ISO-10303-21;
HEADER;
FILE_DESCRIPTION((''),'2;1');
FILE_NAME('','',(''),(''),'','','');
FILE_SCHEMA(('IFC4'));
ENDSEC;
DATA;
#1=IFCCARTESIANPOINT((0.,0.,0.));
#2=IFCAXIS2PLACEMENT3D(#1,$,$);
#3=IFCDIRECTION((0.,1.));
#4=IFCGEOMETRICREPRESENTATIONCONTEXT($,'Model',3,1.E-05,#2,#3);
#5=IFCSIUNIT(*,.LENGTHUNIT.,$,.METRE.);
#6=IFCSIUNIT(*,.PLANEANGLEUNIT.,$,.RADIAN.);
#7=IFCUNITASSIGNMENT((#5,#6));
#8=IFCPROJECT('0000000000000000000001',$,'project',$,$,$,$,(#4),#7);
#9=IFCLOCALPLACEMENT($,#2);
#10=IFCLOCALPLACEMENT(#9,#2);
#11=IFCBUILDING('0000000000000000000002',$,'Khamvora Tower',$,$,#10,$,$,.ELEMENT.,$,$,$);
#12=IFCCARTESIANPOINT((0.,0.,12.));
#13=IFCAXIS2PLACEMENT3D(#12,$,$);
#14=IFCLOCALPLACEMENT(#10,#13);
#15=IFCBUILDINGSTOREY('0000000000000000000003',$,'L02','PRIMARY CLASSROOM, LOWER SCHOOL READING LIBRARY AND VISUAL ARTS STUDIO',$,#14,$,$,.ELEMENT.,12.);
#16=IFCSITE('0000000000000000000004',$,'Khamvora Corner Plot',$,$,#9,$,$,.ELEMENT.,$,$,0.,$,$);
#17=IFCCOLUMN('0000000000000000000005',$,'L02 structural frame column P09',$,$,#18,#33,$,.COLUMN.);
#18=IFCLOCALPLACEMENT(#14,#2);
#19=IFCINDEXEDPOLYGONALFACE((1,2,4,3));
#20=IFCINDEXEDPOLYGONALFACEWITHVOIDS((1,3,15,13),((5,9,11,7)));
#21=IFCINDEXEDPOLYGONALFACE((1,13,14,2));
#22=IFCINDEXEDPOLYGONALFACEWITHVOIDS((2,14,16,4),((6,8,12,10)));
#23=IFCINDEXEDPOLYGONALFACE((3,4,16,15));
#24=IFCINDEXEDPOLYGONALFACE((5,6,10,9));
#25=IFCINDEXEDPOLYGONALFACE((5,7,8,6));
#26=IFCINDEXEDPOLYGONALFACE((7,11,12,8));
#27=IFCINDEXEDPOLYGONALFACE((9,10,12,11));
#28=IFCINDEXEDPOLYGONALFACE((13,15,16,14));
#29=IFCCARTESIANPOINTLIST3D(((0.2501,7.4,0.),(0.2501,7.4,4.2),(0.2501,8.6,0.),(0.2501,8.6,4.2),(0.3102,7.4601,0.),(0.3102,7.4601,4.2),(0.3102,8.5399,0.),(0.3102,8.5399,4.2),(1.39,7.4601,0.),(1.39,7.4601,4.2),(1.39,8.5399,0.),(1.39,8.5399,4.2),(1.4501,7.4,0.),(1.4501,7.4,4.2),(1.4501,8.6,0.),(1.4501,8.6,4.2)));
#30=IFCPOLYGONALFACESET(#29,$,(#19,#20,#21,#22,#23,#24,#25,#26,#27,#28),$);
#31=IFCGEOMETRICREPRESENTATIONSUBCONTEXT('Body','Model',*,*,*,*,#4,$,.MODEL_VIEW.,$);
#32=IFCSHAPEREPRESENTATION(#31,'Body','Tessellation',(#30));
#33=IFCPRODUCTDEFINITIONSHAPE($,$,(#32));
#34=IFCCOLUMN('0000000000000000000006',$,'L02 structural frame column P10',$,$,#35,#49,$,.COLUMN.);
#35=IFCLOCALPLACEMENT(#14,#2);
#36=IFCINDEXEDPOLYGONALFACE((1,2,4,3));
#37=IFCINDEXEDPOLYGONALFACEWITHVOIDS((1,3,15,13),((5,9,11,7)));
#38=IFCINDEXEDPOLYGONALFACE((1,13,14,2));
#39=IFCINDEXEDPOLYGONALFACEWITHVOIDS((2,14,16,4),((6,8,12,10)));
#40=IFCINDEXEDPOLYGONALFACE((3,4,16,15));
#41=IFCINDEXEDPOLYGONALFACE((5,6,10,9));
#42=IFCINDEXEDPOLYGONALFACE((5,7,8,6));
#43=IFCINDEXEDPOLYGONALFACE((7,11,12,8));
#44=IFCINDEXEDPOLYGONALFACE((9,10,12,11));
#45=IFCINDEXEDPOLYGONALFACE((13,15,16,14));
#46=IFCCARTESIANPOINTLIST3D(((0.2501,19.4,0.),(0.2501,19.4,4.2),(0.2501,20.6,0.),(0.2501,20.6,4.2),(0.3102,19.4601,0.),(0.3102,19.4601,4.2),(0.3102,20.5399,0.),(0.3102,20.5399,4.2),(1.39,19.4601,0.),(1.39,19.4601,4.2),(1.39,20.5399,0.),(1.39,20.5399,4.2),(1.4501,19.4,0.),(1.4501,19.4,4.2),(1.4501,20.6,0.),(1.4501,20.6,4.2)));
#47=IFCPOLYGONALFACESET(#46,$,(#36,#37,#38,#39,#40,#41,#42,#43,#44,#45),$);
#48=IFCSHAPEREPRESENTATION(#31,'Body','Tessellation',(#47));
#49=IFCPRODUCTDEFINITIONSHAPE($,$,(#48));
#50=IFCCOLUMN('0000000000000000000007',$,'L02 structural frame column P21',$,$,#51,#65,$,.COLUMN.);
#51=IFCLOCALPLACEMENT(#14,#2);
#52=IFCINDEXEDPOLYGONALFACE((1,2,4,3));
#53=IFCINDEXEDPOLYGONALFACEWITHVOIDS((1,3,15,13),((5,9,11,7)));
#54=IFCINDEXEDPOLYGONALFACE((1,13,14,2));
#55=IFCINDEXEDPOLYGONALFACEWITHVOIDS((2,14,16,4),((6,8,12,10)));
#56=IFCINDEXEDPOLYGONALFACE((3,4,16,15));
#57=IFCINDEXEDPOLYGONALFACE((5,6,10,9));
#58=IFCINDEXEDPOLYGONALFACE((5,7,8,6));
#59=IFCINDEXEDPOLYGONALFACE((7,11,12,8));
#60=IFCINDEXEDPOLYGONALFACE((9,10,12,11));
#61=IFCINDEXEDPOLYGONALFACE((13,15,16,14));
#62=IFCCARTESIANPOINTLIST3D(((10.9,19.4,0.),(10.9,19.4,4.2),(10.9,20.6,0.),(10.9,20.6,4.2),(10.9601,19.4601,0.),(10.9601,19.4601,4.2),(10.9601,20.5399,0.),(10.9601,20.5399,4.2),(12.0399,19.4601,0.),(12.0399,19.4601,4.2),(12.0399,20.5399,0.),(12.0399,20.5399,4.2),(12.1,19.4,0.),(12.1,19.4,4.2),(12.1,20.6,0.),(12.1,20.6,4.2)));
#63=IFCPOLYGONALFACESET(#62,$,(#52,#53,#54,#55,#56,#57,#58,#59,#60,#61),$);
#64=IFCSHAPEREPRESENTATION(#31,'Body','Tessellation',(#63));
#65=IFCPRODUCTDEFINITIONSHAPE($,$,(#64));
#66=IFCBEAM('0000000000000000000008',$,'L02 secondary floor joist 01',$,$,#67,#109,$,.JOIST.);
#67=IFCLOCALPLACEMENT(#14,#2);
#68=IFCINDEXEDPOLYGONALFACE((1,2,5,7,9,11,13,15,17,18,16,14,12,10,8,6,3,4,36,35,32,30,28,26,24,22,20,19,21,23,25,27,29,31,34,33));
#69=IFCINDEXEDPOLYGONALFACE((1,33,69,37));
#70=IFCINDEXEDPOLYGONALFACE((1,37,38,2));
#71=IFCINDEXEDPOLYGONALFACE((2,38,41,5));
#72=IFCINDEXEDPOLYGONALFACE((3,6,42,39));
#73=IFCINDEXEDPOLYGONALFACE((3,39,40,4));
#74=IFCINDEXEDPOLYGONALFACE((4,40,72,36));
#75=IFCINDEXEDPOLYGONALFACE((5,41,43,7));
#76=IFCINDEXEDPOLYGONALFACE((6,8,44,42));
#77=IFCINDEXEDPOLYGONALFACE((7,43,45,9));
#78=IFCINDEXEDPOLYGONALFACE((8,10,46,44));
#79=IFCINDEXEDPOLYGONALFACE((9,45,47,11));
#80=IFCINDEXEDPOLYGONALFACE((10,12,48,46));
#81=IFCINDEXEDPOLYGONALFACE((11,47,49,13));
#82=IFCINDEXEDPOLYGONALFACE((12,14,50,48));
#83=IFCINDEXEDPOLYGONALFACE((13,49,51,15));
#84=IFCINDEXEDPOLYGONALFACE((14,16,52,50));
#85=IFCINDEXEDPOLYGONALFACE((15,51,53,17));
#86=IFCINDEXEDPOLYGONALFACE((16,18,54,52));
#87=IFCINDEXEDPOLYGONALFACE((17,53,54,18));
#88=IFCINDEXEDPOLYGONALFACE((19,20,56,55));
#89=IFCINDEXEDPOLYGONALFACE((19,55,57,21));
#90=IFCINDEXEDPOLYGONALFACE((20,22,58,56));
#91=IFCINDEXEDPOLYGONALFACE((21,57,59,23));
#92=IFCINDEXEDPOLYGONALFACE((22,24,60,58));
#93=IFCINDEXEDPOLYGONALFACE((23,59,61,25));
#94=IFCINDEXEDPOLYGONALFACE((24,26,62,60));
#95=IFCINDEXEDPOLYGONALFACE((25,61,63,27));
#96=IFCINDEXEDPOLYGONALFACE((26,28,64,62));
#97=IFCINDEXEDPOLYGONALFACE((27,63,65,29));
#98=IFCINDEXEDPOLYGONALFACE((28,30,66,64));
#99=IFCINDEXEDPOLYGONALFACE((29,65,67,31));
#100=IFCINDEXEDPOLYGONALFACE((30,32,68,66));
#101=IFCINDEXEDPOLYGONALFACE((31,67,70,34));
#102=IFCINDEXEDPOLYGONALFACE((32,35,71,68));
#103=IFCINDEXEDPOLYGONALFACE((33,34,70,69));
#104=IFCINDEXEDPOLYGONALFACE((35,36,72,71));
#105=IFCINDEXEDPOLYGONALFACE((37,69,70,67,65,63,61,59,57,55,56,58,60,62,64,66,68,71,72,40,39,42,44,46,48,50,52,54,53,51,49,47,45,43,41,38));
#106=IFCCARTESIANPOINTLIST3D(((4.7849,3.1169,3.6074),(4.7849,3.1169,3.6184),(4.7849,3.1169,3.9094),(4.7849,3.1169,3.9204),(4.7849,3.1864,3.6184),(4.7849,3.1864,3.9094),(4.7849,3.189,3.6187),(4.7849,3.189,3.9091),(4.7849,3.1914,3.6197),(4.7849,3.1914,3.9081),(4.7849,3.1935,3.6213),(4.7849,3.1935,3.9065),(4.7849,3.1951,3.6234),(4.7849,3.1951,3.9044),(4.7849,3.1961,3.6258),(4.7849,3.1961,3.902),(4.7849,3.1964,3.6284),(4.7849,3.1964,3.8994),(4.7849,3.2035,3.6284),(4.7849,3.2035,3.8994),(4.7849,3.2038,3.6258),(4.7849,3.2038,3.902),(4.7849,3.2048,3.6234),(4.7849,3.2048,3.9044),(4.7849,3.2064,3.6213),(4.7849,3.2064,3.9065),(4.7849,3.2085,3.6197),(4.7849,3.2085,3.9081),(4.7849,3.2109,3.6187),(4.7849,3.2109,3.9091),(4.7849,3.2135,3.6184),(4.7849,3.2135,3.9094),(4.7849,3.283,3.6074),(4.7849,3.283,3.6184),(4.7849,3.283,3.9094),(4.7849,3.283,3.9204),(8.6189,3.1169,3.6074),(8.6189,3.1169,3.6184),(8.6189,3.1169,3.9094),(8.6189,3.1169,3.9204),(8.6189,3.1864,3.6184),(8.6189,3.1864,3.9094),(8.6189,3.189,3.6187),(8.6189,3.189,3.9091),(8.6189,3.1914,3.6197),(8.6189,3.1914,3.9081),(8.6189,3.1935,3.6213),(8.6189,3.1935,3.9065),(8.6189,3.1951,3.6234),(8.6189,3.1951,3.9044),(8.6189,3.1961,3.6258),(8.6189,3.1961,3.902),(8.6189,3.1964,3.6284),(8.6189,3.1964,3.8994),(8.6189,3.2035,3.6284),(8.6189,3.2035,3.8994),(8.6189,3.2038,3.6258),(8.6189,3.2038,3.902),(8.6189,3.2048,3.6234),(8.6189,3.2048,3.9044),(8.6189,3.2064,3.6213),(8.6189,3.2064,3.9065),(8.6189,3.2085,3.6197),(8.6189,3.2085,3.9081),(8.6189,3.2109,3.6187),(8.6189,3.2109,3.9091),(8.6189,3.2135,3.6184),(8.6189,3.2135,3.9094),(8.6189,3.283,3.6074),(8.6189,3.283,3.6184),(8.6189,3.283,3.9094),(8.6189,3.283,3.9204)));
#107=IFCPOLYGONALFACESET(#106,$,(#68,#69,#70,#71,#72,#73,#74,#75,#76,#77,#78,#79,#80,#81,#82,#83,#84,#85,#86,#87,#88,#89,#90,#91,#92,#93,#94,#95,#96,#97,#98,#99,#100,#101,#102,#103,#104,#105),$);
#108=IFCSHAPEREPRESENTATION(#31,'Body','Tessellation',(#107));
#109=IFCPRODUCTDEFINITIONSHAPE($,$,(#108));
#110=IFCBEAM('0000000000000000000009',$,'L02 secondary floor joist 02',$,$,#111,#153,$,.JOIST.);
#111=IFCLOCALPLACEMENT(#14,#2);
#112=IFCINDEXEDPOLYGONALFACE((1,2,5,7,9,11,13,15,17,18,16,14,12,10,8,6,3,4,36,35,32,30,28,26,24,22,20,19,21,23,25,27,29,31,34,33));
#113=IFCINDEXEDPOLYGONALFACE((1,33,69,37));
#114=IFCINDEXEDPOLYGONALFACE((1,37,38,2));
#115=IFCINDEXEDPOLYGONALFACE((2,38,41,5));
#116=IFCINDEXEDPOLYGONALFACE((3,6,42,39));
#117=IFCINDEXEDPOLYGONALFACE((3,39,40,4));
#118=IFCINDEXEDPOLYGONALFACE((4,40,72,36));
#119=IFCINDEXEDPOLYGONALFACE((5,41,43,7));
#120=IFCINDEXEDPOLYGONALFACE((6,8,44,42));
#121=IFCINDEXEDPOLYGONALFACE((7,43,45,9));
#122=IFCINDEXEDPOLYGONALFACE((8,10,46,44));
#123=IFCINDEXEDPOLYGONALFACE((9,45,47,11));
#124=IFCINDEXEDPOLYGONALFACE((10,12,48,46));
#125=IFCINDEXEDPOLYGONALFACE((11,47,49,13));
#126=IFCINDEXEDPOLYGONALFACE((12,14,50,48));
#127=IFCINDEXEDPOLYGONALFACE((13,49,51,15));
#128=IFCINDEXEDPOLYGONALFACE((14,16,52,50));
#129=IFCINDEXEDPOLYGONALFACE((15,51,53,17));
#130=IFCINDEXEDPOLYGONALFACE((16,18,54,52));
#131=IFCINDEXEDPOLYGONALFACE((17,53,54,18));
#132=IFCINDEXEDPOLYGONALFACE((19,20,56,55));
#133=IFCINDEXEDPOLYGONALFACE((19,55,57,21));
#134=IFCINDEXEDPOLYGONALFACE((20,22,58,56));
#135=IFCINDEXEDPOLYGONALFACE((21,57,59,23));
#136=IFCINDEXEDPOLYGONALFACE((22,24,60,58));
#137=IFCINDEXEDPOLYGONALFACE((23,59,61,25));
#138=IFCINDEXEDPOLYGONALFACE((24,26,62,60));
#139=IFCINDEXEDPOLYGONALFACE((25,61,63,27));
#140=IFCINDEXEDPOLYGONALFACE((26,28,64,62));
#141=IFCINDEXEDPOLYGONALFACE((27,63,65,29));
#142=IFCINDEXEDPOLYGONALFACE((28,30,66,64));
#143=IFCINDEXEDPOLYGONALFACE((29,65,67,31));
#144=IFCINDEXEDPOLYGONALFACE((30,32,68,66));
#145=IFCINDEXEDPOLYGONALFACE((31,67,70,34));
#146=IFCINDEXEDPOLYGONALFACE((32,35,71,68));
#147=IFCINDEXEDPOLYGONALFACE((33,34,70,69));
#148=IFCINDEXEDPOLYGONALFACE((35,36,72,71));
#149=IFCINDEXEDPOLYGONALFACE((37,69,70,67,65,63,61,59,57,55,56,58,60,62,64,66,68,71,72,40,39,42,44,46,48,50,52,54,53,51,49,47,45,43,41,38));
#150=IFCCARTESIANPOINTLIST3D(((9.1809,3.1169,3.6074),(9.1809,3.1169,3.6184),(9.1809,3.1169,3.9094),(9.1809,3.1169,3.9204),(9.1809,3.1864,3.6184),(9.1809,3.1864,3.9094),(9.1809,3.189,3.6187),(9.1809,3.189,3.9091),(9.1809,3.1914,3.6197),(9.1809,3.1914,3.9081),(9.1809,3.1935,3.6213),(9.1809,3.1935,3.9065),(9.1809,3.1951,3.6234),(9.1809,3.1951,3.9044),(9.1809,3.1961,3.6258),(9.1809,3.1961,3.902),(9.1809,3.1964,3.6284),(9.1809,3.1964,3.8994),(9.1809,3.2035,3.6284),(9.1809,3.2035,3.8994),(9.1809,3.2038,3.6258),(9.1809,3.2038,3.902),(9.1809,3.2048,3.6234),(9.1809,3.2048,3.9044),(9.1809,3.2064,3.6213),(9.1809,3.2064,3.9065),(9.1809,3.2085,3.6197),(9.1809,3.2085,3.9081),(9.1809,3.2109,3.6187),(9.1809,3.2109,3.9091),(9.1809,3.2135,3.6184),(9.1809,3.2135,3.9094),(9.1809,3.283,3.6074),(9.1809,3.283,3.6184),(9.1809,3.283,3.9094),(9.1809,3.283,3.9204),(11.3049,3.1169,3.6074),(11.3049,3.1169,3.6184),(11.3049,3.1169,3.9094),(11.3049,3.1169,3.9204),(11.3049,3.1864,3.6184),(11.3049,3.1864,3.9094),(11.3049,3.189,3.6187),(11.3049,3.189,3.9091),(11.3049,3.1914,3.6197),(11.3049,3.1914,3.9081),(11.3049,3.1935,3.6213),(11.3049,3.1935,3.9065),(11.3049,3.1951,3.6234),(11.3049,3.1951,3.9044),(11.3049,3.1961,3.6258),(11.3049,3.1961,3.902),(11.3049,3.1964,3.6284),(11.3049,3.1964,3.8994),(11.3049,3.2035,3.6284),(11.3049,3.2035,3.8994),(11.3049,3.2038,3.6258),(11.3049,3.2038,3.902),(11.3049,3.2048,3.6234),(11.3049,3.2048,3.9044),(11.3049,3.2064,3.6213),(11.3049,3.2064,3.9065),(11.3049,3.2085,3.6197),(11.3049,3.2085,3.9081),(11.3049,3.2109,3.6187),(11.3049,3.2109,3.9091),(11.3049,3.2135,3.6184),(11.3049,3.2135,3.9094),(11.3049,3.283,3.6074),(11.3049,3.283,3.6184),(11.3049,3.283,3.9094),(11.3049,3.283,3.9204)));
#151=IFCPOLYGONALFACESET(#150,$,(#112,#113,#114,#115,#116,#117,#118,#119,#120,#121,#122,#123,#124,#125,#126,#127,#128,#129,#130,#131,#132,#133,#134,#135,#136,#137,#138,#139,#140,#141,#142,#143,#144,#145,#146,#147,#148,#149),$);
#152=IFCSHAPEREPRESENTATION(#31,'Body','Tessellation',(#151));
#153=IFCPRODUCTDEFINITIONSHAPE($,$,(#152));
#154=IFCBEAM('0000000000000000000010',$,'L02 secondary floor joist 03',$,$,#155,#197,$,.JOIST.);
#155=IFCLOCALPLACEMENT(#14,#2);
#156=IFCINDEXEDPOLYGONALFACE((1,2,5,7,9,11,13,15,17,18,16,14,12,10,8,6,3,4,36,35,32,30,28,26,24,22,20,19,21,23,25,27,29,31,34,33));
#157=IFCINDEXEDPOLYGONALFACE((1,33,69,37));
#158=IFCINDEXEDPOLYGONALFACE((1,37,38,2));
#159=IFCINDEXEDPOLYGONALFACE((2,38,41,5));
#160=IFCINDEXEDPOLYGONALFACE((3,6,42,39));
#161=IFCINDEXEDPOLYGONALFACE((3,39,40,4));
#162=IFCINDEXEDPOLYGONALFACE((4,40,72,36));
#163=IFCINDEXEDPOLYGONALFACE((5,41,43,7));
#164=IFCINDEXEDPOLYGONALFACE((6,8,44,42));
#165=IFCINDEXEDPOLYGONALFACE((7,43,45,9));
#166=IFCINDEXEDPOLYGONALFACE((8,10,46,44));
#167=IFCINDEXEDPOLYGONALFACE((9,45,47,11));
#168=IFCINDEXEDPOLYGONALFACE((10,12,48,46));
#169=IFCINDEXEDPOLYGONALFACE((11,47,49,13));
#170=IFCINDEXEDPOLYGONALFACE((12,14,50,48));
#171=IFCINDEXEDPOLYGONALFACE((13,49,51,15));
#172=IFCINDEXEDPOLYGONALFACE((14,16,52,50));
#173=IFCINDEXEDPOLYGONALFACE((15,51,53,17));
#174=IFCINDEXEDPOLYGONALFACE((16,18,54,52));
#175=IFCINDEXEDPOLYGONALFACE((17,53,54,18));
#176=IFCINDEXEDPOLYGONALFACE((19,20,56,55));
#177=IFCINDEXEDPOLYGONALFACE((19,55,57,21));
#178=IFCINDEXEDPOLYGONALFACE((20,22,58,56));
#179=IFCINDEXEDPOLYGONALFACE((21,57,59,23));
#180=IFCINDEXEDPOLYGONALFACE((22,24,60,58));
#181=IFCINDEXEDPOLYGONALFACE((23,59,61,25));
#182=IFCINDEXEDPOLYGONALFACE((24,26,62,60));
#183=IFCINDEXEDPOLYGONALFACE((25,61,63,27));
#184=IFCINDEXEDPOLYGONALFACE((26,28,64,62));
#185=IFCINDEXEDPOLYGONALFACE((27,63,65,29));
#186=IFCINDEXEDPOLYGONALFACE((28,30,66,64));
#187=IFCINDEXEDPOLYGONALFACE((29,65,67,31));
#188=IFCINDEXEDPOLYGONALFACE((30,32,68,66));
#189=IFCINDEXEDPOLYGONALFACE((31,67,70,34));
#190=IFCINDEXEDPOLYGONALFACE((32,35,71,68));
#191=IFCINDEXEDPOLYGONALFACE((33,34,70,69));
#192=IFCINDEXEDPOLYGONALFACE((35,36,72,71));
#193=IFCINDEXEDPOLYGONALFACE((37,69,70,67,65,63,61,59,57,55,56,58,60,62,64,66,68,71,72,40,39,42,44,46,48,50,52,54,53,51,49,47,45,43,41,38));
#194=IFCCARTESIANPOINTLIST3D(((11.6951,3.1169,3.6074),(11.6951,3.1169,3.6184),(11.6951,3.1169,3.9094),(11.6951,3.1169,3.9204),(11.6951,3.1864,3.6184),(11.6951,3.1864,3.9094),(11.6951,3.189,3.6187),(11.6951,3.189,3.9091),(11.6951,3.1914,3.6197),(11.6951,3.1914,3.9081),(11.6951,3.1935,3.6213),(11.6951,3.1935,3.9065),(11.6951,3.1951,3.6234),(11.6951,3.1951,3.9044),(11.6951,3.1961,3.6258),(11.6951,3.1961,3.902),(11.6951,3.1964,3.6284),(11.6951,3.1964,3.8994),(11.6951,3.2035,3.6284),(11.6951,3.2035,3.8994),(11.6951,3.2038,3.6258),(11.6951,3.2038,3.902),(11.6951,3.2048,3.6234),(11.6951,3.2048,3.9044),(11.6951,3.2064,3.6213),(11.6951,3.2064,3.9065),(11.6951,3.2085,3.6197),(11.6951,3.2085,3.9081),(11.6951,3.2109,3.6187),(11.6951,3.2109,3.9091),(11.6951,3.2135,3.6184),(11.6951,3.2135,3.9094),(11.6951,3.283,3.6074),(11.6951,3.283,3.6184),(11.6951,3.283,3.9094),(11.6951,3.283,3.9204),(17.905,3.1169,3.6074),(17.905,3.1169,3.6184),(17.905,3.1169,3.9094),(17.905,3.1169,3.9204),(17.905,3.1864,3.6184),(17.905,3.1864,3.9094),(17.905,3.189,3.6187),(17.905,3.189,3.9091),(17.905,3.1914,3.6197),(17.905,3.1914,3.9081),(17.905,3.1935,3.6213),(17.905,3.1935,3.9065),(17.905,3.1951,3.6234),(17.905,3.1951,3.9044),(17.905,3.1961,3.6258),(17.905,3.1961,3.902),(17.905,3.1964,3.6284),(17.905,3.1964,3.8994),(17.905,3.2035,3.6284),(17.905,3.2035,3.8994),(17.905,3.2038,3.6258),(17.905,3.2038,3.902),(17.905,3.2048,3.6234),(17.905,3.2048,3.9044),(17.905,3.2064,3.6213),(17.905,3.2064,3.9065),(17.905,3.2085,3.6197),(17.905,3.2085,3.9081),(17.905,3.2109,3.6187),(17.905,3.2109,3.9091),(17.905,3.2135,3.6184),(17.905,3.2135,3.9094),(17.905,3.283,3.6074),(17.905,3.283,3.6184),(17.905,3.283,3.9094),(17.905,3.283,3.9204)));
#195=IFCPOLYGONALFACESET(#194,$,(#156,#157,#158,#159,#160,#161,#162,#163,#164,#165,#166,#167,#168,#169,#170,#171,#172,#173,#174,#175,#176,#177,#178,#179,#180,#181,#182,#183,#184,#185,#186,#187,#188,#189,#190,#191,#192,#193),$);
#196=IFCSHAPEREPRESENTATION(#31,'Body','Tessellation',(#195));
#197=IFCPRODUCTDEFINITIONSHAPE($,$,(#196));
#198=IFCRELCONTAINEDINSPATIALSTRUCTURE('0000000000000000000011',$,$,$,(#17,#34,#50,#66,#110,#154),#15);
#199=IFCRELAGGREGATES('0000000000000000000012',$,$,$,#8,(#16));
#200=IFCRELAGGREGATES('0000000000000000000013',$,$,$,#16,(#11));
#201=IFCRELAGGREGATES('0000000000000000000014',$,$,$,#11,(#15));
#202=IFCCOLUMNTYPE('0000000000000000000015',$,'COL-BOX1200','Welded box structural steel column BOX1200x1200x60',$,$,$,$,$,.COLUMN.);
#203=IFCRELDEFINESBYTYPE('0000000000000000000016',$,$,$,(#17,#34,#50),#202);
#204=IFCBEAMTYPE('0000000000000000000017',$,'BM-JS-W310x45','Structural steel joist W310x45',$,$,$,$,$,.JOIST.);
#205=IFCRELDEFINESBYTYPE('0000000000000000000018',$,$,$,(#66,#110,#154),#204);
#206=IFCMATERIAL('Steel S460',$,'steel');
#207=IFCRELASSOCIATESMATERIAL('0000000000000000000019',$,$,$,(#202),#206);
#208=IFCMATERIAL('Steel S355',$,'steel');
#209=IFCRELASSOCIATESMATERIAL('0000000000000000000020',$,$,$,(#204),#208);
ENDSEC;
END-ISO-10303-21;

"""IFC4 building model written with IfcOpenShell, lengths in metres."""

from ifc_helpers import new_model, si_unit, direction, frame, origin, origin_2d, place, context, subcontext, project, spatial, hollow_rectangle, i_section, extrude, material, material_profile, profile_set, type_object, element, save


model = new_model("IFC4")

# Units and contexts
model_context = context("Model", 3, precision=1e-05, world=origin(), true_north=direction((0.0, 1.0)))
body_context = subcontext(model_context, "Body", "Model", "MODEL_VIEW")
ifc_project = project(units=[si_unit("LENGTHUNIT", "METRE"), si_unit("PLANEANGLEUNIT", "RADIAN")], contexts=[model_context])

# Site, building, storey
site_placement = place(None, origin())
site = spatial("IfcSite", under=ifc_project, at=site_placement, Name="Khamvora Corner Plot", CompositionType="ELEMENT", RefElevation=0.0)
building_placement = place(site_placement, origin())
building = spatial("IfcBuilding", under=site, at=building_placement, Name="Khamvora Tower", CompositionType="ELEMENT")
storey_placement = place(building_placement, frame((0.0, 0.0, 12.0)))
storey = spatial("IfcBuildingStorey", under=building, at=storey_placement, Name="L02", Description="PRIMARY CLASSROOM, LOWER SCHOOL READING LIBRARY AND VISUAL ARTS STUDIO", CompositionType="ELEMENT", Elevation=12.0)

# Columns
ifc_material_1 = material(Name="Steel S460", Category="steel")
ifc_material_profile_1 = material_profile(ifc_material_1, hollow_rectangle(XDim=1.2, YDim=1.2, WallThickness=0.0601, at=origin_2d()), Name="BOX1200x1200x60")
ifc_profile_set_1 = profile_set([ifc_material_profile_1], Name="Steel S460")
column_type = type_object("IfcColumnType", Name="COL-BOX1200", Description="Welded box structural steel column BOX1200x1200x60", PredefinedType="COLUMN", material=ifc_profile_set_1)
for number, where, z_axis, x_axis, name in (
    (1, (0.8501, 8.0, 0.0), (0.0, 0.0, 1.0), (1.0, 0.0, 0.0), "L02 structural frame column P09"),
    (2, (0.8501, 20.0, 0.0), (0.0, 0.0, 1.0), (1.0, 0.0, 0.0), "L02 structural frame column P10"),
    (3, (11.5, 20.0, 0.0), (0.0, 0.0, 1.0), (1.0, 0.0, 0.0), "L02 structural frame column P21"),
):
    element("IfcColumn", number, at=place(storey_placement, frame(where, z_axis=z_axis, x_axis=x_axis)), inside=storey, type_object=column_type, Name=name, PredefinedType="COLUMN", context=body_context, shape_type="SweptSolid", body=[
        extrude(hollow_rectangle(XDim=1.2, YDim=1.2, WallThickness=0.0601, at=origin_2d()), origin(), (0.0, 0.0, 1.0), 4.2),
    ])

# Beams
ifc_material_2 = material(Name="Steel S355", Category="steel")
ifc_material_profile_2 = material_profile(ifc_material_2, i_section(OverallWidth=0.166, OverallDepth=0.313, WebThickness=0.0071, FlangeThickness=0.011, FilletRadius=0.01, at=origin_2d()), Name="W310x45")
ifc_profile_set_2 = profile_set([ifc_material_profile_2], Name="Steel S355")
beam_type_1 = type_object("IfcBeamType", Name="BM-JS-W310x45", Description="Structural steel joist W310x45", PredefinedType="JOIST", material=ifc_profile_set_2)
beam_1_placement = place(storey_placement, frame((4.7849, 3.2, 3.7639), z_axis=(1.0, 0.0, 0.0), x_axis=(0.0, 1.0, 0.0)))
element("IfcBeam", 4, at=beam_1_placement, inside=storey, type_object=beam_type_1, Name="L02 secondary floor joist 01", PredefinedType="JOIST", context=body_context, shape_type="SweptSolid", body=[
    extrude(i_section(OverallWidth=0.166, OverallDepth=0.313, WebThickness=0.0071, FlangeThickness=0.011, FilletRadius=0.01, at=origin_2d()), origin(), (0.0, 0.0, 1.0), 3.834),
])
beam_2_placement = place(storey_placement, frame((9.1809, 3.2, 3.7639), z_axis=(1.0, 0.0, 0.0), x_axis=(0.0, 1.0, 0.0)))
element("IfcBeam", 5, at=beam_2_placement, inside=storey, type_object=beam_type_1, Name="L02 secondary floor joist 02", PredefinedType="JOIST", context=body_context, shape_type="SweptSolid", body=[
    extrude(i_section(OverallWidth=0.166, OverallDepth=0.313, WebThickness=0.0071, FlangeThickness=0.011, FilletRadius=0.01, at=origin_2d()), origin(), (0.0, 0.0, 1.0), 2.124),
])
beam_3_placement = place(storey_placement, frame((11.6951, 3.2, 3.7639), z_axis=(1.0, 0.0, 0.0), x_axis=(0.0, 1.0, 0.0)))
element("IfcBeam", 6, at=beam_3_placement, inside=storey, type_object=beam_type_1, Name="L02 secondary floor joist 03", PredefinedType="JOIST", context=body_context, shape_type="SweptSolid", body=[
    extrude(i_section(OverallWidth=0.166, OverallDepth=0.313, WebThickness=0.0071, FlangeThickness=0.011, FilletRadius=0.01, at=origin_2d()), origin(), (0.0, 0.0, 1.0), 6.21),
])

save(model, "model.ifc")
